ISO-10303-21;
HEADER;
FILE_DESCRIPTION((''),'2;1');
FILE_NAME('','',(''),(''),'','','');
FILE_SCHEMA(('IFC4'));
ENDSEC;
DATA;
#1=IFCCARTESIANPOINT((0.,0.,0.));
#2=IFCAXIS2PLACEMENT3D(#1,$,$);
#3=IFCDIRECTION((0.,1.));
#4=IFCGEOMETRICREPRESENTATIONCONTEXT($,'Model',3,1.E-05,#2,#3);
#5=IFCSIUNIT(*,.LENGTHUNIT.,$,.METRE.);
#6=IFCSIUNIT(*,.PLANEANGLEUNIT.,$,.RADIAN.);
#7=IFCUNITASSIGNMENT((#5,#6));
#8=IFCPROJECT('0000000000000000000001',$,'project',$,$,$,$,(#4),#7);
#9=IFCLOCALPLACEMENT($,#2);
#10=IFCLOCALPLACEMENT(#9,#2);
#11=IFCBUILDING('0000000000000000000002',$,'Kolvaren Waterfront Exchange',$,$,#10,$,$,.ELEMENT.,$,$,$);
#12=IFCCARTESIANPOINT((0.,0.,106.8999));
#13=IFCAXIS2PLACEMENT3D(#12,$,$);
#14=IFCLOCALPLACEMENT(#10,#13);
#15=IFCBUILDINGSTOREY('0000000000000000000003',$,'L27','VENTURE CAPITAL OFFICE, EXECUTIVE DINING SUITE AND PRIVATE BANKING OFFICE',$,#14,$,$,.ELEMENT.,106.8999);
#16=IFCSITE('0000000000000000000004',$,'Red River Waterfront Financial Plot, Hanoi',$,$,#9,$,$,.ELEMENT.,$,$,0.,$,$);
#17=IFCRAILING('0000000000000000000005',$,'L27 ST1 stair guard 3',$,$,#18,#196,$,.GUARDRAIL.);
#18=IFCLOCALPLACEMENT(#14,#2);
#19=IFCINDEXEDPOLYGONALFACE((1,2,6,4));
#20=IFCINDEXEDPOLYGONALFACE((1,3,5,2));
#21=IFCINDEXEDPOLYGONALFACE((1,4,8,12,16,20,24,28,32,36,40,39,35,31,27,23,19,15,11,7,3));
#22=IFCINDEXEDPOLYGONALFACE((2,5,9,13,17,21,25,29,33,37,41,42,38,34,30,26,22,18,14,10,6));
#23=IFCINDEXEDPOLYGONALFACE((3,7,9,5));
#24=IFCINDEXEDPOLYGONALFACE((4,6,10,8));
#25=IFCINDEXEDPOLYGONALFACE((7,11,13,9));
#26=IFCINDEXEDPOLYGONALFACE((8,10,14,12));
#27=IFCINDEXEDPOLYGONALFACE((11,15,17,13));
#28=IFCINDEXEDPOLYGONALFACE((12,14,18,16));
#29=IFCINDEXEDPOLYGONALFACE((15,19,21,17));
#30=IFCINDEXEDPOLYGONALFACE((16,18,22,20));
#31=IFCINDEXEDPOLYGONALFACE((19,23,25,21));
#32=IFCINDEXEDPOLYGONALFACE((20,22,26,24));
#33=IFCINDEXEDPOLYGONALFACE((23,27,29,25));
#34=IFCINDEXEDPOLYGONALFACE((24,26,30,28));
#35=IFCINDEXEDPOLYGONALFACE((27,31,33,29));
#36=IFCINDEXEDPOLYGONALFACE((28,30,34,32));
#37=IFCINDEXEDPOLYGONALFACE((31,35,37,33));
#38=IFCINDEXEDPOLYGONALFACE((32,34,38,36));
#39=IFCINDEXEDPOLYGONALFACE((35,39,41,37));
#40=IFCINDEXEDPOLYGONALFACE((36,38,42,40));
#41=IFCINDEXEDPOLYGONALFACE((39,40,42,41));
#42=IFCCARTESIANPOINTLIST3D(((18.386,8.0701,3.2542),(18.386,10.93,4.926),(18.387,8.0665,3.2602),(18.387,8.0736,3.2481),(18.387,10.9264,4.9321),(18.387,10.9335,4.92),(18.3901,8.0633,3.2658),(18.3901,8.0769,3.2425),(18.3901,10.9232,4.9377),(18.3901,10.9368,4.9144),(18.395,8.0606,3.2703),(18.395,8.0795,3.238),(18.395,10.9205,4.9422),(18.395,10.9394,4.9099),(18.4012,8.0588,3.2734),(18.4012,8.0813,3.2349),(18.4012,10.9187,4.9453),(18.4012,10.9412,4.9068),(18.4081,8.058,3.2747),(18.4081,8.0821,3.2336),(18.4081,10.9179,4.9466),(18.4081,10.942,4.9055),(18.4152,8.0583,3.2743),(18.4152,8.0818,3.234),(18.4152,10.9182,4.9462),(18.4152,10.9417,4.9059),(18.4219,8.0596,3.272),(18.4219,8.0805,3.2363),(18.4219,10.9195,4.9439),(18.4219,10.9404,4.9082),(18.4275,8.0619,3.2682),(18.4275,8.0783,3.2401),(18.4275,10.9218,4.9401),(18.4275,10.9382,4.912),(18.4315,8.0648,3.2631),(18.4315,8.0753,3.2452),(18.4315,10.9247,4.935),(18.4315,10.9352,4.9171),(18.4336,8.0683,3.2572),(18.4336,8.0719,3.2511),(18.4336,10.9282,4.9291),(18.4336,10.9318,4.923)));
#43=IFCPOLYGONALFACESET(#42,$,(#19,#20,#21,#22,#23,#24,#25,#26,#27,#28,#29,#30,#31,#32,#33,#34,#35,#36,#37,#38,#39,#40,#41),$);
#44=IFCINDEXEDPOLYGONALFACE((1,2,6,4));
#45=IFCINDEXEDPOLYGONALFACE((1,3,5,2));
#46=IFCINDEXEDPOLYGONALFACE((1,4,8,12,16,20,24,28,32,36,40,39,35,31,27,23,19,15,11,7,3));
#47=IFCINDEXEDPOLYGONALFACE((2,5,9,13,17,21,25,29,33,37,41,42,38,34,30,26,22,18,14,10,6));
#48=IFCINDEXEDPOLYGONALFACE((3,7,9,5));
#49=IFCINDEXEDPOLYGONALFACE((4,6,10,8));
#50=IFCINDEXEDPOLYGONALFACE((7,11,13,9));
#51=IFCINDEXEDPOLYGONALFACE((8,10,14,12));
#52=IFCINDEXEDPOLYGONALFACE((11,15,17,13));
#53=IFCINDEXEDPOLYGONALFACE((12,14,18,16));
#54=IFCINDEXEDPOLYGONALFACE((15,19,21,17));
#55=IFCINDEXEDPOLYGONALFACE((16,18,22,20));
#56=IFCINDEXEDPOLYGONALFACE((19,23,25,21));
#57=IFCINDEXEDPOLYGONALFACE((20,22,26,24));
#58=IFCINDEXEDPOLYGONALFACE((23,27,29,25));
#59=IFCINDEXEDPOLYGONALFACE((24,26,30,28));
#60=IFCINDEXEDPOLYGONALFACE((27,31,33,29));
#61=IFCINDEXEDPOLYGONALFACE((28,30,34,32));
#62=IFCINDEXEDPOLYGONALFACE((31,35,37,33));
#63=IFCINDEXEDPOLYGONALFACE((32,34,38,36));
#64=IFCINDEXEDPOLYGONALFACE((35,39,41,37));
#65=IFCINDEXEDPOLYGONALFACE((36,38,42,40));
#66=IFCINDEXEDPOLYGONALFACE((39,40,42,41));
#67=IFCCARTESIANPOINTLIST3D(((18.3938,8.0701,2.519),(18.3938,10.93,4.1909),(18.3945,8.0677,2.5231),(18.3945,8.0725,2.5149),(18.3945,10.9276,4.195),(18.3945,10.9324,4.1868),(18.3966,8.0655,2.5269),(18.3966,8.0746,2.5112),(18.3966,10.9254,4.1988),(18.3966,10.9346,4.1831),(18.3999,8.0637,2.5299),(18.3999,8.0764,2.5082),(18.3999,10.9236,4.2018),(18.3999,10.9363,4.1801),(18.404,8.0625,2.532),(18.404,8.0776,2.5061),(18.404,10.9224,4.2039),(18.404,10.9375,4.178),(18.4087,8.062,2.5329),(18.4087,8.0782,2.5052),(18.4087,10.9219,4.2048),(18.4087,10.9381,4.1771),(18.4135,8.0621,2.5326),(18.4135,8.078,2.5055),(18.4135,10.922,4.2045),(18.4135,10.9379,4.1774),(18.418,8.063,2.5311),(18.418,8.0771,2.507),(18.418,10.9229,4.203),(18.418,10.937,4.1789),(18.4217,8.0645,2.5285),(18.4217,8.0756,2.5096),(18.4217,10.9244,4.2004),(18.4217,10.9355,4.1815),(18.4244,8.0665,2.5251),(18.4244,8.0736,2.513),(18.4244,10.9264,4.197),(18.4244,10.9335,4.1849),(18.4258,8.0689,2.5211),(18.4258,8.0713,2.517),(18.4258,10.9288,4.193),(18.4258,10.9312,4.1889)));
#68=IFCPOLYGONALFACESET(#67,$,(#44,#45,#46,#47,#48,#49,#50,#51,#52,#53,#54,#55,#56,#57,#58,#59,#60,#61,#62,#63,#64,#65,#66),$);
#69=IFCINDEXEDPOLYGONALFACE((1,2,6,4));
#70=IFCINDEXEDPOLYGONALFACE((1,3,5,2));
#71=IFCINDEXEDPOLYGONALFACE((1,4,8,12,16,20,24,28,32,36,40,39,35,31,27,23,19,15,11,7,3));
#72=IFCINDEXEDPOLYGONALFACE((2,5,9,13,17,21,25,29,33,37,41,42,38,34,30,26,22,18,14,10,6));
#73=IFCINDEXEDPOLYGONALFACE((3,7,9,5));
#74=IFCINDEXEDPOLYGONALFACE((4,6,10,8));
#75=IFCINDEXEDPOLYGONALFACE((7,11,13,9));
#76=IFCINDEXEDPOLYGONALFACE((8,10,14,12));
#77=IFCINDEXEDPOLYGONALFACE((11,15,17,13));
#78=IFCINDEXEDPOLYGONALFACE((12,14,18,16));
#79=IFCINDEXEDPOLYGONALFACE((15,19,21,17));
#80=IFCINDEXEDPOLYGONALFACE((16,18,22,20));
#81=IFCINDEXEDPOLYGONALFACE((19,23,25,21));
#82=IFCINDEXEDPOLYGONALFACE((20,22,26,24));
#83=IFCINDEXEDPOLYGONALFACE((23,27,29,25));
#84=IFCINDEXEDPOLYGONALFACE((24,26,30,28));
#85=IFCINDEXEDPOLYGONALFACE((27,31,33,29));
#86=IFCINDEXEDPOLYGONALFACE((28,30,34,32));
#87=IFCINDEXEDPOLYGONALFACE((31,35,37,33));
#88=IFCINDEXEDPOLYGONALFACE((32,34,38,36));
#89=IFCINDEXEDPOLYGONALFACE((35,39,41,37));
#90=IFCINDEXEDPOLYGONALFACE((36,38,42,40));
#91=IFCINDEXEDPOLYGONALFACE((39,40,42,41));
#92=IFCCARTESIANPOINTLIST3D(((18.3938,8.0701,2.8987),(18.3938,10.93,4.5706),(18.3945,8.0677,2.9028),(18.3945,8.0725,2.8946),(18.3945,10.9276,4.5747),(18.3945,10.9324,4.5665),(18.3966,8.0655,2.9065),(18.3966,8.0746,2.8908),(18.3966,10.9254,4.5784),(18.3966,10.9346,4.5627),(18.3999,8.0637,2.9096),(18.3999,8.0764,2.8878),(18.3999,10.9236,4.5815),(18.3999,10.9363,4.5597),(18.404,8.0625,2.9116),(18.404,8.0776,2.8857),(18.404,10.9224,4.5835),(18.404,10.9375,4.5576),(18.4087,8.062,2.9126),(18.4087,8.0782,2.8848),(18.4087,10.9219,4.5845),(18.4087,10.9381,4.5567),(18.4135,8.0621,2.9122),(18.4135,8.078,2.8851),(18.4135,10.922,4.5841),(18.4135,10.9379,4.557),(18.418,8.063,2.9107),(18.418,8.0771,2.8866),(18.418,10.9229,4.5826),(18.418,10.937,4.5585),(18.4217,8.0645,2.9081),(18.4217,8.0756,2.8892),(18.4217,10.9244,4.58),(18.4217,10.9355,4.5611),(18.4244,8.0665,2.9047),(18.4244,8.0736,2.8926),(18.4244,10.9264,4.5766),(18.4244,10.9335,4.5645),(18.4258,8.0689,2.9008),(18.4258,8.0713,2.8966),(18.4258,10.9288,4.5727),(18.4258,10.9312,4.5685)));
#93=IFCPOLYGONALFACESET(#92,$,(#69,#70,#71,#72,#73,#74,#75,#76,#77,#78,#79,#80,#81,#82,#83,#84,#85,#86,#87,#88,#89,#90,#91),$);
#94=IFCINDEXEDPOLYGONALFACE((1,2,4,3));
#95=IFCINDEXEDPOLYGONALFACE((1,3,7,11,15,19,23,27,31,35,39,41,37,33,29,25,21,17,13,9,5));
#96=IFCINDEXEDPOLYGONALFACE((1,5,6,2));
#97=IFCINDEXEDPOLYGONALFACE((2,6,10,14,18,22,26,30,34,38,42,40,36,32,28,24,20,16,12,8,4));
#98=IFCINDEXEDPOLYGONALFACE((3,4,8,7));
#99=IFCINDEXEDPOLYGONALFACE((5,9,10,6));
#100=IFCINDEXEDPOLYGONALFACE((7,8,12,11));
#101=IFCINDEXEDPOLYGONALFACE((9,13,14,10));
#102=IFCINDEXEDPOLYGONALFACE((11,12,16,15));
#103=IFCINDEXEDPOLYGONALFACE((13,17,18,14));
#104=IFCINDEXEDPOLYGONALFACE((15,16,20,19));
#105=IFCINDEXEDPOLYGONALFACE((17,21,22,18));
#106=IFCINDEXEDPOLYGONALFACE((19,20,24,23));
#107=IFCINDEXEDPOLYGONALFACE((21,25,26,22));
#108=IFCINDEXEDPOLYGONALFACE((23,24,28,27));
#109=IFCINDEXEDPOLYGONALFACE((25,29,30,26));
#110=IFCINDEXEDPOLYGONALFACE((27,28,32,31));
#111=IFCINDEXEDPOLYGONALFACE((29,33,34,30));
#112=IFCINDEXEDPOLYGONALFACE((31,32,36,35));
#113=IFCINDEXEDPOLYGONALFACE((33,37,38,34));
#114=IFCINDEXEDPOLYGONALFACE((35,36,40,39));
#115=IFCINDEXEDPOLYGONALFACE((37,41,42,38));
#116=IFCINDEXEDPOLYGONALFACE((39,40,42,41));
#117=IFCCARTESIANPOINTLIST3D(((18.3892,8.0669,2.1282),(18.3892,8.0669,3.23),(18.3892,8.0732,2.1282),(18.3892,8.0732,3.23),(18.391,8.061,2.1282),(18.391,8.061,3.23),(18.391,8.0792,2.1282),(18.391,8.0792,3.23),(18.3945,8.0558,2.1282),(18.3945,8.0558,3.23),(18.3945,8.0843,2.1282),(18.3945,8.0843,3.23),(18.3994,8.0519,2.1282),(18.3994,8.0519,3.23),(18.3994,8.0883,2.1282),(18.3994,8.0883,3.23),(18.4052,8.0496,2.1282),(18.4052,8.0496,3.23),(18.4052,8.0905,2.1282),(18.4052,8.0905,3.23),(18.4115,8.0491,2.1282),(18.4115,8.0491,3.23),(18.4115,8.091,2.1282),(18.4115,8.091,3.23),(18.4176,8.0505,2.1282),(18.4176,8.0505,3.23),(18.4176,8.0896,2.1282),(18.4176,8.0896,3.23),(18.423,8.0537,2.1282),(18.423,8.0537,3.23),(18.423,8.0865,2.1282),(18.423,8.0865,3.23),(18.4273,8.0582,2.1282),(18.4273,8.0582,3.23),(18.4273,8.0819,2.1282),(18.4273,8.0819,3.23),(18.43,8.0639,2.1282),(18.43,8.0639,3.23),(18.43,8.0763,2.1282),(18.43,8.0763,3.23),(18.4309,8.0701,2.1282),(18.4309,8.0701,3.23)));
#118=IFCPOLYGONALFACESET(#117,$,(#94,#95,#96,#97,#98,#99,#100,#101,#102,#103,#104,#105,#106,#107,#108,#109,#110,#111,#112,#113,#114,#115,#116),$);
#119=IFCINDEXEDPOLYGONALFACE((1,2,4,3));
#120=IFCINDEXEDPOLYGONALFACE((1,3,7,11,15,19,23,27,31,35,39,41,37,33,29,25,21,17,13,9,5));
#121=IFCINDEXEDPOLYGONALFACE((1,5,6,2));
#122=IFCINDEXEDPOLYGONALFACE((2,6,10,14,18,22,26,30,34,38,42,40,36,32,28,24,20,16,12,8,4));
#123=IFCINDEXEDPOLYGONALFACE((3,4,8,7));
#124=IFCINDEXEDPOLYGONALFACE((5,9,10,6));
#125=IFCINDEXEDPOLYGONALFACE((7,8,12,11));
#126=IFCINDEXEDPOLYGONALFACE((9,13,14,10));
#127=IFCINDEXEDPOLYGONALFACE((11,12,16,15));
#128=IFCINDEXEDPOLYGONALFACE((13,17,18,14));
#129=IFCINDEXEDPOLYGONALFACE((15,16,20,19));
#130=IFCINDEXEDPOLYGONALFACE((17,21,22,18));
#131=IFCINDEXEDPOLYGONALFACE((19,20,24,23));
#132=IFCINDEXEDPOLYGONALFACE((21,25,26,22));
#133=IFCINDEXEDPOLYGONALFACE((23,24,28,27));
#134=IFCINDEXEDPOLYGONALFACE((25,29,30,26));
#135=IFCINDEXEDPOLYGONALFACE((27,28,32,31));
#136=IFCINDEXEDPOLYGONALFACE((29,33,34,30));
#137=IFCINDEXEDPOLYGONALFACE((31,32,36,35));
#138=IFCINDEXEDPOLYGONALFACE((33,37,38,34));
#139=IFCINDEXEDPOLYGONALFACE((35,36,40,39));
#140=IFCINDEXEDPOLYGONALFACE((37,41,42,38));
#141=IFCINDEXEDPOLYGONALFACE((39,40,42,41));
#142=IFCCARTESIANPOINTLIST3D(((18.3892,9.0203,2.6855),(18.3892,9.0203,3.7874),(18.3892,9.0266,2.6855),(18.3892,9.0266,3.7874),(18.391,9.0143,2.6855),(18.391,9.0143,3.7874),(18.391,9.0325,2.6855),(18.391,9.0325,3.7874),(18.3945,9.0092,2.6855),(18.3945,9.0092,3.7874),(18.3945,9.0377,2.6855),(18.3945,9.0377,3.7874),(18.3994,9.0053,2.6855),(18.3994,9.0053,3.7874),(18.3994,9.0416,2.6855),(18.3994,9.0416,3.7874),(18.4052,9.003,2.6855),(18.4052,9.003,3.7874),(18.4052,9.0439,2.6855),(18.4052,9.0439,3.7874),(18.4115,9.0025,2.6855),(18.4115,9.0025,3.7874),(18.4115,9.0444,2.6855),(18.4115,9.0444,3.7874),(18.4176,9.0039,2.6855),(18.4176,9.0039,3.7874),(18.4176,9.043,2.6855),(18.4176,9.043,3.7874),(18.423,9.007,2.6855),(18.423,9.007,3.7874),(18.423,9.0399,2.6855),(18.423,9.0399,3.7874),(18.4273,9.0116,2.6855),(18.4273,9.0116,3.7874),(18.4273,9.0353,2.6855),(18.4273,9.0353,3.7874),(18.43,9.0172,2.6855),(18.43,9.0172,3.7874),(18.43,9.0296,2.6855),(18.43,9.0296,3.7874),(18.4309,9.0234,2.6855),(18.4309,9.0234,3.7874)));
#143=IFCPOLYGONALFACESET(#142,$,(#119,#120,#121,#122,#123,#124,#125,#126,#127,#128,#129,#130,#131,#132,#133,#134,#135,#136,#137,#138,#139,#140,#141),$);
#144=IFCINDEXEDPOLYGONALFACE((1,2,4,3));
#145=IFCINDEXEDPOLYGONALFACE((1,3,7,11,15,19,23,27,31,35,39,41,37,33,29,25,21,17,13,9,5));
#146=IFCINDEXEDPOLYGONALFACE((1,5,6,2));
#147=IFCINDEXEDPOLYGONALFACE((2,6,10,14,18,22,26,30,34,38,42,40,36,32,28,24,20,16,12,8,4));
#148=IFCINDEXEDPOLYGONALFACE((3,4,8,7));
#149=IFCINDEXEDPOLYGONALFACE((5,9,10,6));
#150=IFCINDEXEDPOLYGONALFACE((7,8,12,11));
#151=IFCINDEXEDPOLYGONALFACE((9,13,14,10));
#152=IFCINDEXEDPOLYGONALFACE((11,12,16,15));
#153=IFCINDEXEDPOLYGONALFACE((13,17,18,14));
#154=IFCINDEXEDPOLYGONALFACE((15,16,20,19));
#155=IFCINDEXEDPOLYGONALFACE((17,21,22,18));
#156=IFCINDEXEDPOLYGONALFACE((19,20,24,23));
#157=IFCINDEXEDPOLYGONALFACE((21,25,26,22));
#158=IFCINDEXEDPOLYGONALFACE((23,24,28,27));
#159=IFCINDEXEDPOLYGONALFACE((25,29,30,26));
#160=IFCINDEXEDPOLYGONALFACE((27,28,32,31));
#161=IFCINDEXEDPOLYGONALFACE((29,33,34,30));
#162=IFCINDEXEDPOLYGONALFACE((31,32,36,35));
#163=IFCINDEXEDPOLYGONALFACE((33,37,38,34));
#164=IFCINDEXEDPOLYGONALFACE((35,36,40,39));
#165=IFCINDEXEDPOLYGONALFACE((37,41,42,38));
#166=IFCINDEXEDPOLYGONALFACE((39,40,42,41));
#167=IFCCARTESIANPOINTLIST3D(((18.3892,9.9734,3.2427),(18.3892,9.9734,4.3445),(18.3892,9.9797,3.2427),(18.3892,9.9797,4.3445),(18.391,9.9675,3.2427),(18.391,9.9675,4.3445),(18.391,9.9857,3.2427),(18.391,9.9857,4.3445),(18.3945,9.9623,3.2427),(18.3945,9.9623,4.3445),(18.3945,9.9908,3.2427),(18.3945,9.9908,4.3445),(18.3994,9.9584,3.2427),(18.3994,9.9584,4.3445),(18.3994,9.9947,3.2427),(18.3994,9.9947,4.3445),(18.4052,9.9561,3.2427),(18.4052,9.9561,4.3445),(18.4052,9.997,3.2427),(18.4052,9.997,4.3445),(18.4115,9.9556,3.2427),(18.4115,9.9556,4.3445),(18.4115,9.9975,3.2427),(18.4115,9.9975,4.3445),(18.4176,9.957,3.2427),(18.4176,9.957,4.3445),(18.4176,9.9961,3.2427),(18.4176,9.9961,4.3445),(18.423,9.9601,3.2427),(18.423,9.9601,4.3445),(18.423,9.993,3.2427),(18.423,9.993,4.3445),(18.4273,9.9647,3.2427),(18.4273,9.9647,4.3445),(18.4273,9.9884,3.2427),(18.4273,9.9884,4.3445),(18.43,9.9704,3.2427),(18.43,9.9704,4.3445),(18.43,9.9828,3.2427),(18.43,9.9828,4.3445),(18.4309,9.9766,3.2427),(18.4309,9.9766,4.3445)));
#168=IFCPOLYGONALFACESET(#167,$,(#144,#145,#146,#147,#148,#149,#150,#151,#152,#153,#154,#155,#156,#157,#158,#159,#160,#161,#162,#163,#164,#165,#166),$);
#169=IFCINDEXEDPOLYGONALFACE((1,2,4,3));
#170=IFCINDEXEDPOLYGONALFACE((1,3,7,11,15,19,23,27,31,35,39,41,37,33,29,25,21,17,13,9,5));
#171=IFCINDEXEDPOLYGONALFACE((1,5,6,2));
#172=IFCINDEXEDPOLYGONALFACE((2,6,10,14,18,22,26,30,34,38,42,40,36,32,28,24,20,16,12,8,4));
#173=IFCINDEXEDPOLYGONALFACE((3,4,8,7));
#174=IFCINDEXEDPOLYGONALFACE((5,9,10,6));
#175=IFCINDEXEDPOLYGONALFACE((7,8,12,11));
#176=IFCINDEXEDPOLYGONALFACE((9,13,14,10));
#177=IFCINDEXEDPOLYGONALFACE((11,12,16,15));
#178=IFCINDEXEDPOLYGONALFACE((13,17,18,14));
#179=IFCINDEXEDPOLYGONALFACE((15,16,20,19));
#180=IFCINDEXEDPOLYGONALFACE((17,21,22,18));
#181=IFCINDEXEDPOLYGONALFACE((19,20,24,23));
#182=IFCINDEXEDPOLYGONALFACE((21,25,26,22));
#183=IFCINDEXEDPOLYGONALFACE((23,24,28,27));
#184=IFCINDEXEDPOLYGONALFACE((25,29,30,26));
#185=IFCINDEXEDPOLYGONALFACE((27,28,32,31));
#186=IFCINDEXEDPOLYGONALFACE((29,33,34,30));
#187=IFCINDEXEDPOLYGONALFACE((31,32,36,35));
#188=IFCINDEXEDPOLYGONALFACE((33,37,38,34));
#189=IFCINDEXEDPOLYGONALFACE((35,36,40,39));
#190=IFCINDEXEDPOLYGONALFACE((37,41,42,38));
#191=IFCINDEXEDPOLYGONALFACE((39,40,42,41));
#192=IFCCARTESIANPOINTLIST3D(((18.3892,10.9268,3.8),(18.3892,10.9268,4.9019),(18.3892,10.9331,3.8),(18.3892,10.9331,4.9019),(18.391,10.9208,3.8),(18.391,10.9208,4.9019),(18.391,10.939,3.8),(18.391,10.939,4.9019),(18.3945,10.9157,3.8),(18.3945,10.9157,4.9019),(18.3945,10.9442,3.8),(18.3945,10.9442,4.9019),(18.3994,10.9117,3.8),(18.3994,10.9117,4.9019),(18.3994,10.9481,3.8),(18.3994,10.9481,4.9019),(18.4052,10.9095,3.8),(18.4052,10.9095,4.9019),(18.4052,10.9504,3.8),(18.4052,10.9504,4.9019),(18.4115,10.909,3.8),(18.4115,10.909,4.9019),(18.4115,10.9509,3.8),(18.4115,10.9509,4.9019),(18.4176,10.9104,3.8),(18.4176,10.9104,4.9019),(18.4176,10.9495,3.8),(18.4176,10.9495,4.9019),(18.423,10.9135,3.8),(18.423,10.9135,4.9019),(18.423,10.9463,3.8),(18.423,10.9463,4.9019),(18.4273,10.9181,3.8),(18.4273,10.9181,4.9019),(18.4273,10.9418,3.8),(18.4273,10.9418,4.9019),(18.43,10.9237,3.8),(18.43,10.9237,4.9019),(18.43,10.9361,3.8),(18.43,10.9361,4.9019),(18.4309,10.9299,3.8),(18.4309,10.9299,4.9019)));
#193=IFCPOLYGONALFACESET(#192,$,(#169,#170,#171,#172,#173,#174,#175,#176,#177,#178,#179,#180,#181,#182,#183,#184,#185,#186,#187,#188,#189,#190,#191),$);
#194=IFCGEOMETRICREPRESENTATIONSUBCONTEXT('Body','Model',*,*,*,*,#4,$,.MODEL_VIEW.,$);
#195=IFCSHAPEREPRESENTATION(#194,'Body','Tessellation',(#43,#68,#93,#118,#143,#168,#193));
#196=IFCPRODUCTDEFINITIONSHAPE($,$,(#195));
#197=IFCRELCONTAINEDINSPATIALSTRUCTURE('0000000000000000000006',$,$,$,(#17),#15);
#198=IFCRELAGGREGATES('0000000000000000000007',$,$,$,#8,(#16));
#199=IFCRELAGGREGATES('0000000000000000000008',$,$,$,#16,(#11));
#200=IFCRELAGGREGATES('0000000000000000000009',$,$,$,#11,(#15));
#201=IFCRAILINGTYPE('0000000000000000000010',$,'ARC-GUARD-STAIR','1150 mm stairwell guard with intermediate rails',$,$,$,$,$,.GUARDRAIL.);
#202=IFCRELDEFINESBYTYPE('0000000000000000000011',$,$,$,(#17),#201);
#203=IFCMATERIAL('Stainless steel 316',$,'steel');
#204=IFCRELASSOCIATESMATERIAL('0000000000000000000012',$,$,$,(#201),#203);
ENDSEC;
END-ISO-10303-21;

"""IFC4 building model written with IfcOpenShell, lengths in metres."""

from ifc_helpers import new_model, si_unit, direction, frame, origin, origin_2d, place, context, subcontext, project, spatial, circle, extrude, material, type_object, element, save


model = new_model("IFC4")

# Units and contexts
model_context = context("Model", 3, precision=1e-05, world=origin(), true_north=direction((0.0, 1.0)))
body_context = subcontext(model_context, "Body", "Model", "MODEL_VIEW")
ifc_project = project(units=[si_unit("LENGTHUNIT", "METRE"), si_unit("PLANEANGLEUNIT", "RADIAN")], contexts=[model_context])

# Site, building, storey
site_placement = place(None, origin())
site = spatial("IfcSite", under=ifc_project, at=site_placement, Name="Red River Waterfront Financial Plot, Hanoi", CompositionType="ELEMENT", RefElevation=0.0)
building_placement = place(site_placement, origin())
building = spatial("IfcBuilding", under=site, at=building_placement, Name="Kolvaren Waterfront Exchange", CompositionType="ELEMENT")
storey_placement = place(building_placement, frame((0.0, 0.0, 106.8999)))
storey = spatial("IfcBuildingStorey", under=building, at=storey_placement, Name="L27", Description="VENTURE CAPITAL OFFICE, EXECUTIVE DINING SUITE AND PRIVATE BANKING OFFICE", CompositionType="ELEMENT", Elevation=106.8999)

# Railing
ifc_material_1 = material(Name="Stainless steel 316", Category="steel")
railing_type_1 = type_object("IfcRailingType", Name="ARC-GUARD-STAIR", Description="1150 mm stairwell guard with intermediate rails", PredefinedType="GUARDRAIL", material=ifc_material_1)
railing_1_placement = place(storey_placement, frame((18.4099, 8.0701, 2.1282)))
element("IfcRailing", 1, at=railing_1_placement, inside=storey, type_object=railing_type_1, Name="L27 ST1 stair guard 3", PredefinedType="GUARDRAIL", context=body_context, shape_type="SweptSolid", body=[
    extrude(circle(Radius=0.0239, at=origin_2d()), frame((0.0, 0.0, 1.126), z_axis=(0.0, 0.863303, 0.504686), x_axis=(-1.0, 0.0, 0.0)), (0.0, 0.0, 1.0), 3.3127),
    extrude(circle(Radius=0.0161, at=origin_2d()), frame((0.0, 0.0, 0.3909), z_axis=(0.0, 0.863303, 0.504686), x_axis=(-1.0, 0.0, 0.0)), (0.0, 0.0, 1.0), 3.3127),
    extrude(circle(Radius=0.0161, at=origin_2d()), frame((0.0, 0.0, 0.7705), z_axis=(0.0, 0.863303, 0.504686), x_axis=(-1.0, 0.0, 0.0)), (0.0, 0.0, 1.0), 3.3127),
    extrude(circle(Radius=0.021, at=origin_2d()), origin(), (0.0, 0.0, 1.0), 1.1018),
    extrude(circle(Radius=0.021, at=origin_2d()), frame((0.0, 0.9534, 0.5574)), (0.0, 0.0, 1.0), 1.1018),
    extrude(circle(Radius=0.021, at=origin_2d()), frame((0.0, 1.9065, 1.1145)), (0.0, 0.0, 1.0), 1.1018),
    extrude(circle(Radius=0.021, at=origin_2d()), frame((0.0, 2.8599, 1.6719)), (0.0, 0.0, 1.0), 1.1018),
])

save(model, "model.ifc")
